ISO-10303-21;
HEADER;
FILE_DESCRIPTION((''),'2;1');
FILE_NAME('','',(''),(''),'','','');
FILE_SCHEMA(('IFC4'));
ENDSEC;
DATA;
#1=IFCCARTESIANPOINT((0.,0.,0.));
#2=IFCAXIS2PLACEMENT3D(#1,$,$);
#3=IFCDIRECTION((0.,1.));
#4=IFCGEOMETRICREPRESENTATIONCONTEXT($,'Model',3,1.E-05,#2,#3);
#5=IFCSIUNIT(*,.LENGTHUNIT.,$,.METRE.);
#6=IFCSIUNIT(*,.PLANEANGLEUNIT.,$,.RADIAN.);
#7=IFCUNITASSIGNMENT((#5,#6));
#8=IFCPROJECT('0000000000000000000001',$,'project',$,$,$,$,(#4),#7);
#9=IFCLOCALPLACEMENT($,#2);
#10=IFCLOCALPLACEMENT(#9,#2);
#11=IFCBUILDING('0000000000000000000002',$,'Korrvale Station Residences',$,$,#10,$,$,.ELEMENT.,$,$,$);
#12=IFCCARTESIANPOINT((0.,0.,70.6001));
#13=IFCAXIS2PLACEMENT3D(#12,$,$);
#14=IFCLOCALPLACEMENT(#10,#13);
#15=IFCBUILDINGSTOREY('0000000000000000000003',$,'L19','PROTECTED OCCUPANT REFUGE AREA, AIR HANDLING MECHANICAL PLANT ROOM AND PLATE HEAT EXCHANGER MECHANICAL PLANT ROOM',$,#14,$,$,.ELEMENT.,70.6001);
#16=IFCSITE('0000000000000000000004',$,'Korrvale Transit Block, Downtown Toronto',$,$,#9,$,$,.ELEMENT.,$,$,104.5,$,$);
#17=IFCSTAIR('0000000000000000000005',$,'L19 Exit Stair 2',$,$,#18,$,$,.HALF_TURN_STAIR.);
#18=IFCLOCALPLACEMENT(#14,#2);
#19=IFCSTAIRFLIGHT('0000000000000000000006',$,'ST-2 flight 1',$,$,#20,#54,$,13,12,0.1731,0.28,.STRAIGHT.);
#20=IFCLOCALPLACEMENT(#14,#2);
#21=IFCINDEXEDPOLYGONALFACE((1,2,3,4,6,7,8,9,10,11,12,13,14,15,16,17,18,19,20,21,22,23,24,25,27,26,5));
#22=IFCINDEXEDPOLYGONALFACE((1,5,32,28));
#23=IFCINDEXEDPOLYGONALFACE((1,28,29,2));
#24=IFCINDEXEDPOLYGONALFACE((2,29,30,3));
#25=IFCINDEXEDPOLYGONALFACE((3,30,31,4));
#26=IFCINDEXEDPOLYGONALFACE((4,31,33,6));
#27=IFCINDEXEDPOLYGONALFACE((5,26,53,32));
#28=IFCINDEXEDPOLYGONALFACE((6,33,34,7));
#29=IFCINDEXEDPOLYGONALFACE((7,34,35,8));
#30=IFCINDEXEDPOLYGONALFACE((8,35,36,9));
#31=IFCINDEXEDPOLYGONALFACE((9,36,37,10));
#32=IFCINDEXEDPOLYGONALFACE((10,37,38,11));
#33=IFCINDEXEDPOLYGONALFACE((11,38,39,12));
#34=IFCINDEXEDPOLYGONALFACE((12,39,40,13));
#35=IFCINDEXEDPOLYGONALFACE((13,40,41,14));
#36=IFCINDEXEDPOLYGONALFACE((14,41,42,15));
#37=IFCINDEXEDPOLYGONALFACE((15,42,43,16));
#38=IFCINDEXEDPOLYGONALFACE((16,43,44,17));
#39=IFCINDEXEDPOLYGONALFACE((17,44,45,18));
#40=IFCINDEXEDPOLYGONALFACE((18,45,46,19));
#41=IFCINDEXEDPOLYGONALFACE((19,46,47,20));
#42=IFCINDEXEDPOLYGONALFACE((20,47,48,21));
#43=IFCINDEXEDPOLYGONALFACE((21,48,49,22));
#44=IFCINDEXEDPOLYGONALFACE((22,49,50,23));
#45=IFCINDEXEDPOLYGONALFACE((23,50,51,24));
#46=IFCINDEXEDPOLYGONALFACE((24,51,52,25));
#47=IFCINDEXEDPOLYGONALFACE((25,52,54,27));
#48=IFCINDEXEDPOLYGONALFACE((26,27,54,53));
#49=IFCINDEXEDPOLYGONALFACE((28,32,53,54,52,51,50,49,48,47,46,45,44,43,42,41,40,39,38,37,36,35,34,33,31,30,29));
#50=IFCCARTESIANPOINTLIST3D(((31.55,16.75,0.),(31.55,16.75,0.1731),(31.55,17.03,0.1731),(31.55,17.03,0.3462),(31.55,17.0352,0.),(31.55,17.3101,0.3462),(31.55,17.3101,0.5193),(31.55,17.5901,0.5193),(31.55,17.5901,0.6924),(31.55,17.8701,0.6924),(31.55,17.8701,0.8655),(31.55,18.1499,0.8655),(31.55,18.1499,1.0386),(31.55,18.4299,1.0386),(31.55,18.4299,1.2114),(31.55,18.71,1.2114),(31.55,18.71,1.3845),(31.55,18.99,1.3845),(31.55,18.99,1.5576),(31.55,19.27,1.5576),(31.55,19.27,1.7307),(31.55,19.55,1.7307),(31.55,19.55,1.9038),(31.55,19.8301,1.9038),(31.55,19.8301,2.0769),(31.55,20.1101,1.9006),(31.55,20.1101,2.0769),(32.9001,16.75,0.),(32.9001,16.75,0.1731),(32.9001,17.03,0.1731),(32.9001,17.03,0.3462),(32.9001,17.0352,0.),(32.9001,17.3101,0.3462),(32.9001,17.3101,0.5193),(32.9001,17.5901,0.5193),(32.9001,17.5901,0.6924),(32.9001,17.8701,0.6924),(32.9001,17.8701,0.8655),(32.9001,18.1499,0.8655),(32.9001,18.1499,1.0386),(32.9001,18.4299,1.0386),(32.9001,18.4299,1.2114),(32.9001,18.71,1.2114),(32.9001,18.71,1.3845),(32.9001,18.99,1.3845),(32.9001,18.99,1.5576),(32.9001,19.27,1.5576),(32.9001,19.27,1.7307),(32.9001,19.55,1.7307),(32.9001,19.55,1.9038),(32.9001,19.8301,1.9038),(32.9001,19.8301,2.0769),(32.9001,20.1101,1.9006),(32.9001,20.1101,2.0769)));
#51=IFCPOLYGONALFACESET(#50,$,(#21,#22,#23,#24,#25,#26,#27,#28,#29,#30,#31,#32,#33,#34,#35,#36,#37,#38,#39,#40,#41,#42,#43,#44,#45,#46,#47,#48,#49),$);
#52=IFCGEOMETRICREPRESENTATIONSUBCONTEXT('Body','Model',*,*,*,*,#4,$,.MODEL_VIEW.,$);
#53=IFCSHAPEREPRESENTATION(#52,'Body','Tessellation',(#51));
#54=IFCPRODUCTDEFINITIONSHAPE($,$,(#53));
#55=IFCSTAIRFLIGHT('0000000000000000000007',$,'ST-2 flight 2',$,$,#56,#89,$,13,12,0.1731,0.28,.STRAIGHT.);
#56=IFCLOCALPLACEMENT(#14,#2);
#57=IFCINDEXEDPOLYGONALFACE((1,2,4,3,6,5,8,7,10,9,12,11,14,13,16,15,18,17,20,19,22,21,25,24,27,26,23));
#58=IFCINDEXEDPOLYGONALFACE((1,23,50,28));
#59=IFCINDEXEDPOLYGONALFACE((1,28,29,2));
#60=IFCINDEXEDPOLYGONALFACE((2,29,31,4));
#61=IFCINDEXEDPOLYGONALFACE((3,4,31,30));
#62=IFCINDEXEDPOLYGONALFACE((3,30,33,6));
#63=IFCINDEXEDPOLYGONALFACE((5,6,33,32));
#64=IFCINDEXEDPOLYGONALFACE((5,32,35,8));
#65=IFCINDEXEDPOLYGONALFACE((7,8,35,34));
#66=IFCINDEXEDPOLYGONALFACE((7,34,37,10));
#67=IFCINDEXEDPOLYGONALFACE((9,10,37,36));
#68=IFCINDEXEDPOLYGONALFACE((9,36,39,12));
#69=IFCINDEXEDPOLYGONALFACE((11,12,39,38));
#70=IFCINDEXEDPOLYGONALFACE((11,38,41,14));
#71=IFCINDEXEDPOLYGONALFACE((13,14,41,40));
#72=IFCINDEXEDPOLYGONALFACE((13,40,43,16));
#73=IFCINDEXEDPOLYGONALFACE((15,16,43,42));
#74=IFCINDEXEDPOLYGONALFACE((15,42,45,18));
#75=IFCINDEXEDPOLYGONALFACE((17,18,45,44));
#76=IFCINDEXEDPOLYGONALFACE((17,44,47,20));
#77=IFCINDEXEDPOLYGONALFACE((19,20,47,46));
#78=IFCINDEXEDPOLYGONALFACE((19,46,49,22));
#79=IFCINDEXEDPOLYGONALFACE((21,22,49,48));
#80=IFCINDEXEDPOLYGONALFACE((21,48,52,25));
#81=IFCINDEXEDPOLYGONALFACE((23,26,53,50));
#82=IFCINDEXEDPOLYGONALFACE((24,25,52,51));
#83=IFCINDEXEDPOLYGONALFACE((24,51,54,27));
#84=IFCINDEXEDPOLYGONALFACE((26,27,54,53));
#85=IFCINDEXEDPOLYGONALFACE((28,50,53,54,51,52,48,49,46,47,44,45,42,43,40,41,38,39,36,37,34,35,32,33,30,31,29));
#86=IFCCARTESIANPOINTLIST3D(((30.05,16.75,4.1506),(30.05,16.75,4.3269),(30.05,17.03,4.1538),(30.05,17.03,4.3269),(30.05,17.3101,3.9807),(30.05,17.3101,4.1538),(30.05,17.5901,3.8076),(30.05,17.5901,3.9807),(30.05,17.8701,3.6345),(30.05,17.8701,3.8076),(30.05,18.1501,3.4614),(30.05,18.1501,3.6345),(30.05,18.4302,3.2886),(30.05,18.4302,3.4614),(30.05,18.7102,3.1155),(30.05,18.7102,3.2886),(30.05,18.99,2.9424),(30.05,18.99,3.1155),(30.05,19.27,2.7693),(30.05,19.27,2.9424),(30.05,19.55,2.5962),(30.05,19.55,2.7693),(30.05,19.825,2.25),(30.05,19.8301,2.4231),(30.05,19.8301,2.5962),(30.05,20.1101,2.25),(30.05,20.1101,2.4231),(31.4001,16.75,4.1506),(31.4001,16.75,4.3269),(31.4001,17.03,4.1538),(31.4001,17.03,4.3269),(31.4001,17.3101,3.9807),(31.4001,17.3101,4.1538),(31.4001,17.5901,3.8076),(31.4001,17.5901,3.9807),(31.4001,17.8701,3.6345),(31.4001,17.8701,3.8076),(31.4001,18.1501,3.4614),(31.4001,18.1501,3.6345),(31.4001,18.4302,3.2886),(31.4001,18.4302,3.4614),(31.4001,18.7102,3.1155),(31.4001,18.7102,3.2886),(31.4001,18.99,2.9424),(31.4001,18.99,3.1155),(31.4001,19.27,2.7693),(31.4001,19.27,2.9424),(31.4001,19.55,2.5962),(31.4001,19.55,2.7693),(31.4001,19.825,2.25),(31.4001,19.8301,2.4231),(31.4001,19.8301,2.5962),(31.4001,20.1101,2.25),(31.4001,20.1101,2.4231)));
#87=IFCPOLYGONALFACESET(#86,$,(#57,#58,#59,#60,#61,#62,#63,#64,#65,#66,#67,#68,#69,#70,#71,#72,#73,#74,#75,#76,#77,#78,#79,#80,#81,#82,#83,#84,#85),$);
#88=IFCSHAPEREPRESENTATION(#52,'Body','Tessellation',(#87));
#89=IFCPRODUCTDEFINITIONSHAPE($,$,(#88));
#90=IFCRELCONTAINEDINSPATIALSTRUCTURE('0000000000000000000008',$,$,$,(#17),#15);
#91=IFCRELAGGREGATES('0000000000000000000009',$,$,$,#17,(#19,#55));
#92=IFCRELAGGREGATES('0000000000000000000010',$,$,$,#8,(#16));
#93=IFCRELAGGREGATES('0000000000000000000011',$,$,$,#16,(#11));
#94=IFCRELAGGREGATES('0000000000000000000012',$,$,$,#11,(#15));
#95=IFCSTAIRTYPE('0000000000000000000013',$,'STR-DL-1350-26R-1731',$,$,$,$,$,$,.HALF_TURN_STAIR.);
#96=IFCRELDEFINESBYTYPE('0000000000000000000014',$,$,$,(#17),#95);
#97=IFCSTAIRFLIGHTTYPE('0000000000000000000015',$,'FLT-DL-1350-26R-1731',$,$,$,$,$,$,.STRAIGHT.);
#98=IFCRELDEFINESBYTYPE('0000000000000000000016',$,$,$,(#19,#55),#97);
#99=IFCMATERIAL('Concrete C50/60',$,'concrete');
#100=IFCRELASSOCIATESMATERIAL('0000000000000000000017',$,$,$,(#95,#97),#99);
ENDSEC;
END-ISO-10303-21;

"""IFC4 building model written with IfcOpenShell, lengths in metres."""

from ifc_helpers import new_model, si_unit, direction, frame, origin, place, context, subcontext, project, spatial, polyline, outline, extrude, material, type_object, element, aggregate, save


model = new_model("IFC4")

# Units and contexts
model_context = context("Model", 3, precision=1e-05, world=origin(), true_north=direction((0.0, 1.0)))
body_context = subcontext(model_context, "Body", "Model", "MODEL_VIEW")
ifc_project = project(units=[si_unit("LENGTHUNIT", "METRE"), si_unit("PLANEANGLEUNIT", "RADIAN")], contexts=[model_context])

# Site, building, storey
site_placement = place(None, origin())
site = spatial("IfcSite", under=ifc_project, at=site_placement, Name="Korrvale Transit Block, Downtown Toronto", CompositionType="ELEMENT", RefElevation=104.5)
building_placement = place(site_placement, origin())
building = spatial("IfcBuilding", under=site, at=building_placement, Name="Korrvale Station Residences", CompositionType="ELEMENT")
storey_placement = place(building_placement, frame((0.0, 0.0, 70.6001)))
storey = spatial("IfcBuildingStorey", under=building, at=storey_placement, Name="L19", Description="PROTECTED OCCUPANT REFUGE AREA, AIR HANDLING MECHANICAL PLANT ROOM AND PLATE HEAT EXCHANGER MECHANICAL PLANT ROOM", CompositionType="ELEMENT", Elevation=70.6001)

# Stair, stair flights
ifc_material_1 = material(Name="Concrete C50/60", Category="concrete")
stair_type = type_object("IfcStairType", Name="STR-DL-1350-26R-1731", PredefinedType="HALF_TURN_STAIR", material=ifc_material_1)
stair_placement = place(storey_placement, origin())
stair = element("IfcStair", 1, at=stair_placement, inside=storey, type_object=stair_type, Name="L19 Exit Stair 2", PredefinedType="HALF_TURN_STAIR")
stair_flight_type = type_object("IfcStairFlightType", Name="FLT-DL-1350-26R-1731", PredefinedType="STRAIGHT", material=ifc_material_1)
stair_flight_1_placement = place(storey_placement, frame((32.2251, 16.75, 0.0), z_axis=(0.0, 0.0, 1.0), x_axis=(0.0, 1.0, 0.0)))
stair_flight_1 = element("IfcStairFlight", 2, at=stair_flight_1_placement, type_object=stair_flight_type, Name="ST-2 flight 1", NumberOfRisers=13, NumberOfTreads=12, PredefinedType="STRAIGHT", RiserHeight=0.1731, TreadLength=0.28, context=body_context, shape_type="SweptSolid", body=[
    extrude(outline(polyline([(0.0, 0.0), (0.0, 0.1731), (0.28, 0.1731), (0.28, 0.3462), (0.5601, 0.3462), (0.5601, 0.5193), (0.8401, 0.5193), (0.8401, 0.6924), (1.1201, 0.6924), (1.1201, 0.8655), (1.3999, 0.8655), (1.3999, 1.0386), (1.6799, 1.0386), (1.6799, 1.2114), (1.96, 1.2114), (1.96, 1.3845), (2.24, 1.3845), (2.24, 1.5576), (2.52, 1.5576), (2.52, 1.7307), (2.8, 1.7307), (2.8, 1.9038), (3.0801, 1.9038), (3.0801, 2.0769), (3.3601, 2.0769), (3.3601, 2.25), (3.3601, 1.9006), (0.2852, 0.0), (0.0, 0.0)])), frame((0.0, 0.675, 0.0), z_axis=(0.0, -1.0, 0.0), x_axis=(1.0, 0.0, 0.0)), (0.0, 0.0, 1.0), 1.3501),
])
stair_flight_2_placement = place(storey_placement, frame((30.7251, 20.1101, 2.25), z_axis=(0.0, 0.0, 1.0), x_axis=(0.0, -1.0, 0.0)))
stair_flight_2 = element("IfcStairFlight", 3, at=stair_flight_2_placement, type_object=stair_flight_type, Name="ST-2 flight 2", NumberOfRisers=13, NumberOfTreads=12, PredefinedType="STRAIGHT", RiserHeight=0.1731, TreadLength=0.28, context=body_context, shape_type="SweptSolid", body=[
    extrude(outline(polyline([(0.0, 0.0), (0.0, 0.1731), (0.28, 0.1731), (0.28, 0.3462), (0.5601, 0.3462), (0.5601, 0.5193), (0.8401, 0.5193), (0.8401, 0.6924), (1.1201, 0.6924), (1.1201, 0.8655), (1.3999, 0.8655), (1.3999, 1.0386), (1.6799, 1.0386), (1.6799, 1.2114), (1.96, 1.2114), (1.96, 1.3845), (2.24, 1.3845), (2.24, 1.5576), (2.52, 1.5576), (2.52, 1.7307), (2.8, 1.7307), (2.8, 1.9038), (3.0801, 1.9038), (3.0801, 2.0769), (3.3601, 2.0769), (3.3601, 2.25), (3.3601, 1.9006), (0.2852, 0.0), (0.0, 0.0)])), frame((0.0, 0.675, 0.0), z_axis=(0.0, -1.0, 0.0), x_axis=(1.0, 0.0, 0.0)), (0.0, 0.0, 1.0), 1.3501),
])
aggregate(stair, [stair_flight_1, stair_flight_2])

save(model, "model.ifc")
